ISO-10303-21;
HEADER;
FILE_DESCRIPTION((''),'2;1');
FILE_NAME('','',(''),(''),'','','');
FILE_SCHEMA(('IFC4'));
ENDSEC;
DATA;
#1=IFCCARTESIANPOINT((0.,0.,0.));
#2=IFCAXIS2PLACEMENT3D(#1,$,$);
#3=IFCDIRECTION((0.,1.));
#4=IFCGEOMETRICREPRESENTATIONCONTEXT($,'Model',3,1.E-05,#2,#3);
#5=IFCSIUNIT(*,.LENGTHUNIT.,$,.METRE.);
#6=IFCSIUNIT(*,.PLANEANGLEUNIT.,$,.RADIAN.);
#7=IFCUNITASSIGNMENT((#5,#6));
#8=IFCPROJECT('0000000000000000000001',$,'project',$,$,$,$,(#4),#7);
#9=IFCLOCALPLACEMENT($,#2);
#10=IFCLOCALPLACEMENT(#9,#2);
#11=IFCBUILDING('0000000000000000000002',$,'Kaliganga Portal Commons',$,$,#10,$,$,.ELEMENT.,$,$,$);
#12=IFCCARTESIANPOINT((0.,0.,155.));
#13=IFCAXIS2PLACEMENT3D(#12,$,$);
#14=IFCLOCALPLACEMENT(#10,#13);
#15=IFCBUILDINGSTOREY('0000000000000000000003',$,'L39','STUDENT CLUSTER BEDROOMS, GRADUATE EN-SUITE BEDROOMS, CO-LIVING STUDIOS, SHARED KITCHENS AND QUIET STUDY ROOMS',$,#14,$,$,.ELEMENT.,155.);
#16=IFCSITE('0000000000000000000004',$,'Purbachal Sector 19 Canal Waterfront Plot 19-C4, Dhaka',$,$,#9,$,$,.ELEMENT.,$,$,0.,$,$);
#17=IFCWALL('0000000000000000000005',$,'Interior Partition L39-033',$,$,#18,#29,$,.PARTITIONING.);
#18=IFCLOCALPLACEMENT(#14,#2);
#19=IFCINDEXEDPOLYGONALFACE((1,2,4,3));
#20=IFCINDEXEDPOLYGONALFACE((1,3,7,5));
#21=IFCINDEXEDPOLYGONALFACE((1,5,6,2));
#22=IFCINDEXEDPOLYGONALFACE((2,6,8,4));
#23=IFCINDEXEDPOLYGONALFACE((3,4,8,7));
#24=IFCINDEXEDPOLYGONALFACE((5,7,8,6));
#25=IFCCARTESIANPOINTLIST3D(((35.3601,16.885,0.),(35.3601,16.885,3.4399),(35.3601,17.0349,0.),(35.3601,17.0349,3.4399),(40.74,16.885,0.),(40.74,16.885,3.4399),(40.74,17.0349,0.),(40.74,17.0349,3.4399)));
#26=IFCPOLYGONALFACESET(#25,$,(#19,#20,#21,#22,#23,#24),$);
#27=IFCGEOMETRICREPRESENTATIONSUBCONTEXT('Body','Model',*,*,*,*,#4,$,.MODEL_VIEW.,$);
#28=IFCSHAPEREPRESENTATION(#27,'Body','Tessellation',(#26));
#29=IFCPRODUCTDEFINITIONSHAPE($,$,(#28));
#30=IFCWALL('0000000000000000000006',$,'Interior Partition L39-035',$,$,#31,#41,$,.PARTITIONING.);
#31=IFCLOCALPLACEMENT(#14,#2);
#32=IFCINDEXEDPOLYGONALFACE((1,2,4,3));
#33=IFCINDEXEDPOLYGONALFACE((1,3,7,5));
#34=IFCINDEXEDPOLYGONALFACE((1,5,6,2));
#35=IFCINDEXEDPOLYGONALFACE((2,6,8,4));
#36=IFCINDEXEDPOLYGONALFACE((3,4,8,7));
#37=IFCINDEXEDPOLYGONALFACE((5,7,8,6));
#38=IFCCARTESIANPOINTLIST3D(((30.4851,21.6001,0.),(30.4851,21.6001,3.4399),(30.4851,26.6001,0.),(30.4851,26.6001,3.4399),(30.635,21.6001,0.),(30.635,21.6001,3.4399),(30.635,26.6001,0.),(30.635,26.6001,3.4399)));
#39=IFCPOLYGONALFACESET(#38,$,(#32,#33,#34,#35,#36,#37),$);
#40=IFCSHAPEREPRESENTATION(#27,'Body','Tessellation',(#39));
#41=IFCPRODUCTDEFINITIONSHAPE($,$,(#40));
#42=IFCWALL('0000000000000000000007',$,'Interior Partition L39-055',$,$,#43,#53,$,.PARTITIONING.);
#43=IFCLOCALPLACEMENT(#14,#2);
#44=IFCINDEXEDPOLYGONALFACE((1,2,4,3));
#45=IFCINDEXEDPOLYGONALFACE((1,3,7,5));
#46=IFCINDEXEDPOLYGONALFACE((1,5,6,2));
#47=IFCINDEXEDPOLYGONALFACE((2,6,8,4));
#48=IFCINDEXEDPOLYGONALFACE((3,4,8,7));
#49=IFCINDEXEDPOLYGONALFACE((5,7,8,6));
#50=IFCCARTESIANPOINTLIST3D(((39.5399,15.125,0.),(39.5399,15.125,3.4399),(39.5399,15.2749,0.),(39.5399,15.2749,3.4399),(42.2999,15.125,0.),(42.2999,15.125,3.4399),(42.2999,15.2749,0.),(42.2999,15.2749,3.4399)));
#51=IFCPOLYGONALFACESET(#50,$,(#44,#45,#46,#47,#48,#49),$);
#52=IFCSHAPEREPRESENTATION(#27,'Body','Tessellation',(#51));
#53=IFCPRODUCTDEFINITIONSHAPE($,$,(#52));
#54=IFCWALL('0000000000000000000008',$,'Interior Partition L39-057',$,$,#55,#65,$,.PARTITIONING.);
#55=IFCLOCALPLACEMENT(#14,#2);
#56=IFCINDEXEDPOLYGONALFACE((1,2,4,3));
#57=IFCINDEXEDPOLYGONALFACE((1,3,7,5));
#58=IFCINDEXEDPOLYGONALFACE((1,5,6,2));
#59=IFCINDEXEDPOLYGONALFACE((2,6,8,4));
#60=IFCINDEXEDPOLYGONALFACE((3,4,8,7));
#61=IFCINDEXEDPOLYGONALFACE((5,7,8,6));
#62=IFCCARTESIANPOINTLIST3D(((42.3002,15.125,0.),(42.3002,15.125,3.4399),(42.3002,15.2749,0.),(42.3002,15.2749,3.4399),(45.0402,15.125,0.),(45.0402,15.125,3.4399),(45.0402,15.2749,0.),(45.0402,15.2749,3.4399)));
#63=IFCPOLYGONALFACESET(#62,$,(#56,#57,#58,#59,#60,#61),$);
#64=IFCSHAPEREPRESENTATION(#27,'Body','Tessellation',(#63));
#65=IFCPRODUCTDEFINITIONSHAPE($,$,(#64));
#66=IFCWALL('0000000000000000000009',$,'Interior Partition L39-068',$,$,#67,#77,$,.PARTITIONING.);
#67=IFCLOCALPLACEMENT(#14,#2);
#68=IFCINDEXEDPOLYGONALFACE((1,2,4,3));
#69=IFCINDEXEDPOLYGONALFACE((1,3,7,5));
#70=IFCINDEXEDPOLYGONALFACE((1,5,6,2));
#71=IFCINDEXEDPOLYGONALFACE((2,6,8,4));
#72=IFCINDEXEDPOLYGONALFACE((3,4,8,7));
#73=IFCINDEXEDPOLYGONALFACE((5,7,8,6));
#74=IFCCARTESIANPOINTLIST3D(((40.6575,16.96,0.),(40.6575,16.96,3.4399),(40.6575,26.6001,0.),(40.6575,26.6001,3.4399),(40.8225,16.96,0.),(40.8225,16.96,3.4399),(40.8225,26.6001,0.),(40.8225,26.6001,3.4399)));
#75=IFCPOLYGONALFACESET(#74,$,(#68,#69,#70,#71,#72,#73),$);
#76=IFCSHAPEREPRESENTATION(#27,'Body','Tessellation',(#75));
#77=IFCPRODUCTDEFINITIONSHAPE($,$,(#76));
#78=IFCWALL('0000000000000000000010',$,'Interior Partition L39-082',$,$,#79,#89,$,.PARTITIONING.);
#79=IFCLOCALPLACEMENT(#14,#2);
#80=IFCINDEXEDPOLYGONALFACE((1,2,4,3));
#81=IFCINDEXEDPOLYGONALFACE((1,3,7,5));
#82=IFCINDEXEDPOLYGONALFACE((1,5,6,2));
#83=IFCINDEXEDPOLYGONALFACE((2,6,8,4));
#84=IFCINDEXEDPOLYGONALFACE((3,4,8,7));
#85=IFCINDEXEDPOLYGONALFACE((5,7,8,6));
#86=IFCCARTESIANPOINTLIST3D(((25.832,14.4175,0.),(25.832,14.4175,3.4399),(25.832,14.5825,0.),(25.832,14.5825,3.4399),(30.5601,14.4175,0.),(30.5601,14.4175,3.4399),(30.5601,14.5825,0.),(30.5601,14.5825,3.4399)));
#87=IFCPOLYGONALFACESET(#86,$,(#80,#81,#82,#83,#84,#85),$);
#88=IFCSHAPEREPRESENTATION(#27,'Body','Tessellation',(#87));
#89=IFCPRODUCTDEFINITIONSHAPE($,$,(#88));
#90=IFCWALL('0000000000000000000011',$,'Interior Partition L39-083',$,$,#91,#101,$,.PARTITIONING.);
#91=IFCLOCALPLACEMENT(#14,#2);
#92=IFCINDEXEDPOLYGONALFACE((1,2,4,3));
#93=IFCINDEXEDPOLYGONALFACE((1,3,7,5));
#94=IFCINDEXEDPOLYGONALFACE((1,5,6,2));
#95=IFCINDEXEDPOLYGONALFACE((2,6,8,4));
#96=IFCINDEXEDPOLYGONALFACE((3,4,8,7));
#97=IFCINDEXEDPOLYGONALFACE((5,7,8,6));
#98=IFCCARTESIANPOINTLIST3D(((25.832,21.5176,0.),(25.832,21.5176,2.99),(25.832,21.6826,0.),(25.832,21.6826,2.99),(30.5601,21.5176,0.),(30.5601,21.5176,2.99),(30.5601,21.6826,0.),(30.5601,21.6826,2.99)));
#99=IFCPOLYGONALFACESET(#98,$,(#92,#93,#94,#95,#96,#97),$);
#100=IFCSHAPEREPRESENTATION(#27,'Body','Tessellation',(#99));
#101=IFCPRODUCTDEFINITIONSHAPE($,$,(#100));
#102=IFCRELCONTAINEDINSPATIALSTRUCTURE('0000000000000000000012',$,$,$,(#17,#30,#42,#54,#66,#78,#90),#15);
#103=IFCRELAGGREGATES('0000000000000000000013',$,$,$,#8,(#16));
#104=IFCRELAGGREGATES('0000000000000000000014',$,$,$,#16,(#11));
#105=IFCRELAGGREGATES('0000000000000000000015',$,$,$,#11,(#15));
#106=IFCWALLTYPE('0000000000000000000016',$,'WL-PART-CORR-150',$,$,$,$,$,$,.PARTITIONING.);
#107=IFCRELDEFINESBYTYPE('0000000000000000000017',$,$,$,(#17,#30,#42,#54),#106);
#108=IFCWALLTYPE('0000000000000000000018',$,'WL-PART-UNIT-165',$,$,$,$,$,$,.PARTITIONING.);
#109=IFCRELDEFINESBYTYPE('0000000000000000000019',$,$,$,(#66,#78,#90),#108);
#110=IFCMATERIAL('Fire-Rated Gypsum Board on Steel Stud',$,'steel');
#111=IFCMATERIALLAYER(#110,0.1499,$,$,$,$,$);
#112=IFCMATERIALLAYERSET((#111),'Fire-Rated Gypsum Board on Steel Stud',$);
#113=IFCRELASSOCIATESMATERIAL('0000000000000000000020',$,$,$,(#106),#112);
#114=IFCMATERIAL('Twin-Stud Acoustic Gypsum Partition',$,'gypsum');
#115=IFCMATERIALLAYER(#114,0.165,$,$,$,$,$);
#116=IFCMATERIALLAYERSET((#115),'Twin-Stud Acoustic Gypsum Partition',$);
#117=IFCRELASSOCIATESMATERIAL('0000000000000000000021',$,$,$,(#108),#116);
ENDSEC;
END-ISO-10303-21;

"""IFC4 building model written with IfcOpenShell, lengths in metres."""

from ifc_helpers import new_model, si_unit, direction, frame, frame_2d, origin, place, context, subcontext, project, spatial, rectangle, extrude, material, layer, layer_set, type_object, element, save


model = new_model("IFC4")

# Units and contexts
model_context = context("Model", 3, precision=1e-05, world=origin(), true_north=direction((0.0, 1.0)))
body_context = subcontext(model_context, "Body", "Model", "MODEL_VIEW")
ifc_project = project(units=[si_unit("LENGTHUNIT", "METRE"), si_unit("PLANEANGLEUNIT", "RADIAN")], contexts=[model_context])

# Site, building, storey
site_placement = place(None, origin())
site = spatial("IfcSite", under=ifc_project, at=site_placement, Name="Purbachal Sector 19 Canal Waterfront Plot 19-C4, Dhaka", CompositionType="ELEMENT", RefElevation=0.0)
building_placement = place(site_placement, origin())
building = spatial("IfcBuilding", under=site, at=building_placement, Name="Kaliganga Portal Commons", CompositionType="ELEMENT")
storey_placement = place(building_placement, frame((0.0, 0.0, 155.0)))
storey = spatial("IfcBuildingStorey", under=building, at=storey_placement, Name="L39", Description="STUDENT CLUSTER BEDROOMS, GRADUATE EN-SUITE BEDROOMS, CO-LIVING STUDIOS, SHARED KITCHENS AND QUIET STUDY ROOMS", CompositionType="ELEMENT", Elevation=155.0)

# Shared definitions
ifc_material_1 = material(Name="Fire-Rated Gypsum Board on Steel Stud", Category="steel")
ifc_layer_1 = layer(ifc_material_1, 0.1499)
ifc_layer_set_1 = layer_set([ifc_layer_1], Name="Fire-Rated Gypsum Board on Steel Stud")
wall_type_1 = type_object("IfcWallType", Name="WL-PART-CORR-150", PredefinedType="PARTITIONING", material=ifc_layer_set_1)

# Walls
wall_1_placement = place(storey_placement, frame((35.3601, 16.96, 0.0), z_axis=(0.0, 0.0, 1.0), x_axis=(1.0, 0.0, 0.0)))
element("IfcWall", 1, at=wall_1_placement, inside=storey, type_object=wall_type_1, Name="Interior Partition L39-033", PredefinedType="PARTITIONING", context=body_context, shape_type="SweptSolid", body=[
    extrude(rectangle(XDim=5.3799, YDim=0.1499, at=frame_2d((2.6899, 0.0))), origin(), (0.0, 0.0, 1.0), 3.4399),
])
wall_2_placement = place(storey_placement, frame((30.5601, 21.6001, 0.0), z_axis=(0.0, 0.0, 1.0), x_axis=(0.0, 1.0, 0.0)))
element("IfcWall", 2, at=wall_2_placement, inside=storey, type_object=wall_type_1, Name="Interior Partition L39-035", PredefinedType="PARTITIONING", context=body_context, shape_type="SweptSolid", body=[
    extrude(rectangle(XDim=5.0, YDim=0.1499, at=frame_2d((2.5, 0.0))), origin(), (0.0, 0.0, 1.0), 3.4399),
])

# Walls
wall_3_placement = place(storey_placement, frame((39.54, 15.2, 0.0), z_axis=(0.0, 0.0, 1.0), x_axis=(1.0, 0.0, 0.0)))
element("IfcWall", 3, at=wall_3_placement, inside=storey, type_object=wall_type_1, Name="Interior Partition L39-055", PredefinedType="PARTITIONING", context=body_context, shape_type="SweptSolid", body=[
    extrude(rectangle(XDim=2.76, YDim=0.1499, at=frame_2d((1.3799, 0.0))), origin(), (0.0, 0.0, 1.0), 3.4399),
])
wall_4_placement = place(storey_placement, frame((42.3, 15.2, 0.0), z_axis=(0.0, 0.0, 1.0), x_axis=(1.0, 0.0, 0.0)))
element("IfcWall", 4, at=wall_4_placement, inside=storey, type_object=wall_type_1, Name="Interior Partition L39-057", PredefinedType="PARTITIONING", context=body_context, shape_type="SweptSolid", body=[
    extrude(rectangle(XDim=2.74, YDim=0.1499, at=frame_2d((1.3701, 0.0))), origin(), (0.0, 0.0, 1.0), 3.4399),
])
ifc_material_2 = material(Name="Twin-Stud Acoustic Gypsum Partition", Category="gypsum")
ifc_layer_2 = layer(ifc_material_2, 0.165)
ifc_layer_set_2 = layer_set([ifc_layer_2], Name="Twin-Stud Acoustic Gypsum Partition")
wall_type_2 = type_object("IfcWallType", Name="WL-PART-UNIT-165", PredefinedType="PARTITIONING", material=ifc_layer_set_2)
wall_5_placement = place(storey_placement, frame((40.74, 16.96, 0.0), z_axis=(0.0, 0.0, 1.0), x_axis=(0.0, 1.0, 0.0)))
element("IfcWall", 5, at=wall_5_placement, inside=storey, type_object=wall_type_2, Name="Interior Partition L39-068", PredefinedType="PARTITIONING", context=body_context, shape_type="SweptSolid", body=[
    extrude(rectangle(XDim=9.6401, YDim=0.165, at=frame_2d((4.8201, 0.0))), origin(), (0.0, 0.0, 1.0), 3.4399),
])
wall_6_placement = place(storey_placement, frame((25.832, 14.5, 0.0), z_axis=(0.0, 0.0, 1.0), x_axis=(1.0, 0.0, 0.0)))
element("IfcWall", 6, at=wall_6_placement, inside=storey, type_object=wall_type_2, Name="Interior Partition L39-082", PredefinedType="PARTITIONING", context=body_context, shape_type="SweptSolid", body=[
    extrude(rectangle(XDim=4.728, YDim=0.165, at=frame_2d((2.364, 0.0))), origin(), (0.0, 0.0, 1.0), 3.4399),
])
wall_7_placement = place(storey_placement, frame((25.832, 21.6001, 0.0), z_axis=(0.0, 0.0, 1.0), x_axis=(1.0, 0.0, 0.0)))
element("IfcWall", 7, at=wall_7_placement, inside=storey, type_object=wall_type_2, Name="Interior Partition L39-083", PredefinedType="PARTITIONING", context=body_context, shape_type="SweptSolid", body=[
    extrude(rectangle(XDim=4.728, YDim=0.165, at=frame_2d((2.364, 0.0))), origin(), (0.0, 0.0, 1.0), 2.99),
])

save(model, "model.ifc")
